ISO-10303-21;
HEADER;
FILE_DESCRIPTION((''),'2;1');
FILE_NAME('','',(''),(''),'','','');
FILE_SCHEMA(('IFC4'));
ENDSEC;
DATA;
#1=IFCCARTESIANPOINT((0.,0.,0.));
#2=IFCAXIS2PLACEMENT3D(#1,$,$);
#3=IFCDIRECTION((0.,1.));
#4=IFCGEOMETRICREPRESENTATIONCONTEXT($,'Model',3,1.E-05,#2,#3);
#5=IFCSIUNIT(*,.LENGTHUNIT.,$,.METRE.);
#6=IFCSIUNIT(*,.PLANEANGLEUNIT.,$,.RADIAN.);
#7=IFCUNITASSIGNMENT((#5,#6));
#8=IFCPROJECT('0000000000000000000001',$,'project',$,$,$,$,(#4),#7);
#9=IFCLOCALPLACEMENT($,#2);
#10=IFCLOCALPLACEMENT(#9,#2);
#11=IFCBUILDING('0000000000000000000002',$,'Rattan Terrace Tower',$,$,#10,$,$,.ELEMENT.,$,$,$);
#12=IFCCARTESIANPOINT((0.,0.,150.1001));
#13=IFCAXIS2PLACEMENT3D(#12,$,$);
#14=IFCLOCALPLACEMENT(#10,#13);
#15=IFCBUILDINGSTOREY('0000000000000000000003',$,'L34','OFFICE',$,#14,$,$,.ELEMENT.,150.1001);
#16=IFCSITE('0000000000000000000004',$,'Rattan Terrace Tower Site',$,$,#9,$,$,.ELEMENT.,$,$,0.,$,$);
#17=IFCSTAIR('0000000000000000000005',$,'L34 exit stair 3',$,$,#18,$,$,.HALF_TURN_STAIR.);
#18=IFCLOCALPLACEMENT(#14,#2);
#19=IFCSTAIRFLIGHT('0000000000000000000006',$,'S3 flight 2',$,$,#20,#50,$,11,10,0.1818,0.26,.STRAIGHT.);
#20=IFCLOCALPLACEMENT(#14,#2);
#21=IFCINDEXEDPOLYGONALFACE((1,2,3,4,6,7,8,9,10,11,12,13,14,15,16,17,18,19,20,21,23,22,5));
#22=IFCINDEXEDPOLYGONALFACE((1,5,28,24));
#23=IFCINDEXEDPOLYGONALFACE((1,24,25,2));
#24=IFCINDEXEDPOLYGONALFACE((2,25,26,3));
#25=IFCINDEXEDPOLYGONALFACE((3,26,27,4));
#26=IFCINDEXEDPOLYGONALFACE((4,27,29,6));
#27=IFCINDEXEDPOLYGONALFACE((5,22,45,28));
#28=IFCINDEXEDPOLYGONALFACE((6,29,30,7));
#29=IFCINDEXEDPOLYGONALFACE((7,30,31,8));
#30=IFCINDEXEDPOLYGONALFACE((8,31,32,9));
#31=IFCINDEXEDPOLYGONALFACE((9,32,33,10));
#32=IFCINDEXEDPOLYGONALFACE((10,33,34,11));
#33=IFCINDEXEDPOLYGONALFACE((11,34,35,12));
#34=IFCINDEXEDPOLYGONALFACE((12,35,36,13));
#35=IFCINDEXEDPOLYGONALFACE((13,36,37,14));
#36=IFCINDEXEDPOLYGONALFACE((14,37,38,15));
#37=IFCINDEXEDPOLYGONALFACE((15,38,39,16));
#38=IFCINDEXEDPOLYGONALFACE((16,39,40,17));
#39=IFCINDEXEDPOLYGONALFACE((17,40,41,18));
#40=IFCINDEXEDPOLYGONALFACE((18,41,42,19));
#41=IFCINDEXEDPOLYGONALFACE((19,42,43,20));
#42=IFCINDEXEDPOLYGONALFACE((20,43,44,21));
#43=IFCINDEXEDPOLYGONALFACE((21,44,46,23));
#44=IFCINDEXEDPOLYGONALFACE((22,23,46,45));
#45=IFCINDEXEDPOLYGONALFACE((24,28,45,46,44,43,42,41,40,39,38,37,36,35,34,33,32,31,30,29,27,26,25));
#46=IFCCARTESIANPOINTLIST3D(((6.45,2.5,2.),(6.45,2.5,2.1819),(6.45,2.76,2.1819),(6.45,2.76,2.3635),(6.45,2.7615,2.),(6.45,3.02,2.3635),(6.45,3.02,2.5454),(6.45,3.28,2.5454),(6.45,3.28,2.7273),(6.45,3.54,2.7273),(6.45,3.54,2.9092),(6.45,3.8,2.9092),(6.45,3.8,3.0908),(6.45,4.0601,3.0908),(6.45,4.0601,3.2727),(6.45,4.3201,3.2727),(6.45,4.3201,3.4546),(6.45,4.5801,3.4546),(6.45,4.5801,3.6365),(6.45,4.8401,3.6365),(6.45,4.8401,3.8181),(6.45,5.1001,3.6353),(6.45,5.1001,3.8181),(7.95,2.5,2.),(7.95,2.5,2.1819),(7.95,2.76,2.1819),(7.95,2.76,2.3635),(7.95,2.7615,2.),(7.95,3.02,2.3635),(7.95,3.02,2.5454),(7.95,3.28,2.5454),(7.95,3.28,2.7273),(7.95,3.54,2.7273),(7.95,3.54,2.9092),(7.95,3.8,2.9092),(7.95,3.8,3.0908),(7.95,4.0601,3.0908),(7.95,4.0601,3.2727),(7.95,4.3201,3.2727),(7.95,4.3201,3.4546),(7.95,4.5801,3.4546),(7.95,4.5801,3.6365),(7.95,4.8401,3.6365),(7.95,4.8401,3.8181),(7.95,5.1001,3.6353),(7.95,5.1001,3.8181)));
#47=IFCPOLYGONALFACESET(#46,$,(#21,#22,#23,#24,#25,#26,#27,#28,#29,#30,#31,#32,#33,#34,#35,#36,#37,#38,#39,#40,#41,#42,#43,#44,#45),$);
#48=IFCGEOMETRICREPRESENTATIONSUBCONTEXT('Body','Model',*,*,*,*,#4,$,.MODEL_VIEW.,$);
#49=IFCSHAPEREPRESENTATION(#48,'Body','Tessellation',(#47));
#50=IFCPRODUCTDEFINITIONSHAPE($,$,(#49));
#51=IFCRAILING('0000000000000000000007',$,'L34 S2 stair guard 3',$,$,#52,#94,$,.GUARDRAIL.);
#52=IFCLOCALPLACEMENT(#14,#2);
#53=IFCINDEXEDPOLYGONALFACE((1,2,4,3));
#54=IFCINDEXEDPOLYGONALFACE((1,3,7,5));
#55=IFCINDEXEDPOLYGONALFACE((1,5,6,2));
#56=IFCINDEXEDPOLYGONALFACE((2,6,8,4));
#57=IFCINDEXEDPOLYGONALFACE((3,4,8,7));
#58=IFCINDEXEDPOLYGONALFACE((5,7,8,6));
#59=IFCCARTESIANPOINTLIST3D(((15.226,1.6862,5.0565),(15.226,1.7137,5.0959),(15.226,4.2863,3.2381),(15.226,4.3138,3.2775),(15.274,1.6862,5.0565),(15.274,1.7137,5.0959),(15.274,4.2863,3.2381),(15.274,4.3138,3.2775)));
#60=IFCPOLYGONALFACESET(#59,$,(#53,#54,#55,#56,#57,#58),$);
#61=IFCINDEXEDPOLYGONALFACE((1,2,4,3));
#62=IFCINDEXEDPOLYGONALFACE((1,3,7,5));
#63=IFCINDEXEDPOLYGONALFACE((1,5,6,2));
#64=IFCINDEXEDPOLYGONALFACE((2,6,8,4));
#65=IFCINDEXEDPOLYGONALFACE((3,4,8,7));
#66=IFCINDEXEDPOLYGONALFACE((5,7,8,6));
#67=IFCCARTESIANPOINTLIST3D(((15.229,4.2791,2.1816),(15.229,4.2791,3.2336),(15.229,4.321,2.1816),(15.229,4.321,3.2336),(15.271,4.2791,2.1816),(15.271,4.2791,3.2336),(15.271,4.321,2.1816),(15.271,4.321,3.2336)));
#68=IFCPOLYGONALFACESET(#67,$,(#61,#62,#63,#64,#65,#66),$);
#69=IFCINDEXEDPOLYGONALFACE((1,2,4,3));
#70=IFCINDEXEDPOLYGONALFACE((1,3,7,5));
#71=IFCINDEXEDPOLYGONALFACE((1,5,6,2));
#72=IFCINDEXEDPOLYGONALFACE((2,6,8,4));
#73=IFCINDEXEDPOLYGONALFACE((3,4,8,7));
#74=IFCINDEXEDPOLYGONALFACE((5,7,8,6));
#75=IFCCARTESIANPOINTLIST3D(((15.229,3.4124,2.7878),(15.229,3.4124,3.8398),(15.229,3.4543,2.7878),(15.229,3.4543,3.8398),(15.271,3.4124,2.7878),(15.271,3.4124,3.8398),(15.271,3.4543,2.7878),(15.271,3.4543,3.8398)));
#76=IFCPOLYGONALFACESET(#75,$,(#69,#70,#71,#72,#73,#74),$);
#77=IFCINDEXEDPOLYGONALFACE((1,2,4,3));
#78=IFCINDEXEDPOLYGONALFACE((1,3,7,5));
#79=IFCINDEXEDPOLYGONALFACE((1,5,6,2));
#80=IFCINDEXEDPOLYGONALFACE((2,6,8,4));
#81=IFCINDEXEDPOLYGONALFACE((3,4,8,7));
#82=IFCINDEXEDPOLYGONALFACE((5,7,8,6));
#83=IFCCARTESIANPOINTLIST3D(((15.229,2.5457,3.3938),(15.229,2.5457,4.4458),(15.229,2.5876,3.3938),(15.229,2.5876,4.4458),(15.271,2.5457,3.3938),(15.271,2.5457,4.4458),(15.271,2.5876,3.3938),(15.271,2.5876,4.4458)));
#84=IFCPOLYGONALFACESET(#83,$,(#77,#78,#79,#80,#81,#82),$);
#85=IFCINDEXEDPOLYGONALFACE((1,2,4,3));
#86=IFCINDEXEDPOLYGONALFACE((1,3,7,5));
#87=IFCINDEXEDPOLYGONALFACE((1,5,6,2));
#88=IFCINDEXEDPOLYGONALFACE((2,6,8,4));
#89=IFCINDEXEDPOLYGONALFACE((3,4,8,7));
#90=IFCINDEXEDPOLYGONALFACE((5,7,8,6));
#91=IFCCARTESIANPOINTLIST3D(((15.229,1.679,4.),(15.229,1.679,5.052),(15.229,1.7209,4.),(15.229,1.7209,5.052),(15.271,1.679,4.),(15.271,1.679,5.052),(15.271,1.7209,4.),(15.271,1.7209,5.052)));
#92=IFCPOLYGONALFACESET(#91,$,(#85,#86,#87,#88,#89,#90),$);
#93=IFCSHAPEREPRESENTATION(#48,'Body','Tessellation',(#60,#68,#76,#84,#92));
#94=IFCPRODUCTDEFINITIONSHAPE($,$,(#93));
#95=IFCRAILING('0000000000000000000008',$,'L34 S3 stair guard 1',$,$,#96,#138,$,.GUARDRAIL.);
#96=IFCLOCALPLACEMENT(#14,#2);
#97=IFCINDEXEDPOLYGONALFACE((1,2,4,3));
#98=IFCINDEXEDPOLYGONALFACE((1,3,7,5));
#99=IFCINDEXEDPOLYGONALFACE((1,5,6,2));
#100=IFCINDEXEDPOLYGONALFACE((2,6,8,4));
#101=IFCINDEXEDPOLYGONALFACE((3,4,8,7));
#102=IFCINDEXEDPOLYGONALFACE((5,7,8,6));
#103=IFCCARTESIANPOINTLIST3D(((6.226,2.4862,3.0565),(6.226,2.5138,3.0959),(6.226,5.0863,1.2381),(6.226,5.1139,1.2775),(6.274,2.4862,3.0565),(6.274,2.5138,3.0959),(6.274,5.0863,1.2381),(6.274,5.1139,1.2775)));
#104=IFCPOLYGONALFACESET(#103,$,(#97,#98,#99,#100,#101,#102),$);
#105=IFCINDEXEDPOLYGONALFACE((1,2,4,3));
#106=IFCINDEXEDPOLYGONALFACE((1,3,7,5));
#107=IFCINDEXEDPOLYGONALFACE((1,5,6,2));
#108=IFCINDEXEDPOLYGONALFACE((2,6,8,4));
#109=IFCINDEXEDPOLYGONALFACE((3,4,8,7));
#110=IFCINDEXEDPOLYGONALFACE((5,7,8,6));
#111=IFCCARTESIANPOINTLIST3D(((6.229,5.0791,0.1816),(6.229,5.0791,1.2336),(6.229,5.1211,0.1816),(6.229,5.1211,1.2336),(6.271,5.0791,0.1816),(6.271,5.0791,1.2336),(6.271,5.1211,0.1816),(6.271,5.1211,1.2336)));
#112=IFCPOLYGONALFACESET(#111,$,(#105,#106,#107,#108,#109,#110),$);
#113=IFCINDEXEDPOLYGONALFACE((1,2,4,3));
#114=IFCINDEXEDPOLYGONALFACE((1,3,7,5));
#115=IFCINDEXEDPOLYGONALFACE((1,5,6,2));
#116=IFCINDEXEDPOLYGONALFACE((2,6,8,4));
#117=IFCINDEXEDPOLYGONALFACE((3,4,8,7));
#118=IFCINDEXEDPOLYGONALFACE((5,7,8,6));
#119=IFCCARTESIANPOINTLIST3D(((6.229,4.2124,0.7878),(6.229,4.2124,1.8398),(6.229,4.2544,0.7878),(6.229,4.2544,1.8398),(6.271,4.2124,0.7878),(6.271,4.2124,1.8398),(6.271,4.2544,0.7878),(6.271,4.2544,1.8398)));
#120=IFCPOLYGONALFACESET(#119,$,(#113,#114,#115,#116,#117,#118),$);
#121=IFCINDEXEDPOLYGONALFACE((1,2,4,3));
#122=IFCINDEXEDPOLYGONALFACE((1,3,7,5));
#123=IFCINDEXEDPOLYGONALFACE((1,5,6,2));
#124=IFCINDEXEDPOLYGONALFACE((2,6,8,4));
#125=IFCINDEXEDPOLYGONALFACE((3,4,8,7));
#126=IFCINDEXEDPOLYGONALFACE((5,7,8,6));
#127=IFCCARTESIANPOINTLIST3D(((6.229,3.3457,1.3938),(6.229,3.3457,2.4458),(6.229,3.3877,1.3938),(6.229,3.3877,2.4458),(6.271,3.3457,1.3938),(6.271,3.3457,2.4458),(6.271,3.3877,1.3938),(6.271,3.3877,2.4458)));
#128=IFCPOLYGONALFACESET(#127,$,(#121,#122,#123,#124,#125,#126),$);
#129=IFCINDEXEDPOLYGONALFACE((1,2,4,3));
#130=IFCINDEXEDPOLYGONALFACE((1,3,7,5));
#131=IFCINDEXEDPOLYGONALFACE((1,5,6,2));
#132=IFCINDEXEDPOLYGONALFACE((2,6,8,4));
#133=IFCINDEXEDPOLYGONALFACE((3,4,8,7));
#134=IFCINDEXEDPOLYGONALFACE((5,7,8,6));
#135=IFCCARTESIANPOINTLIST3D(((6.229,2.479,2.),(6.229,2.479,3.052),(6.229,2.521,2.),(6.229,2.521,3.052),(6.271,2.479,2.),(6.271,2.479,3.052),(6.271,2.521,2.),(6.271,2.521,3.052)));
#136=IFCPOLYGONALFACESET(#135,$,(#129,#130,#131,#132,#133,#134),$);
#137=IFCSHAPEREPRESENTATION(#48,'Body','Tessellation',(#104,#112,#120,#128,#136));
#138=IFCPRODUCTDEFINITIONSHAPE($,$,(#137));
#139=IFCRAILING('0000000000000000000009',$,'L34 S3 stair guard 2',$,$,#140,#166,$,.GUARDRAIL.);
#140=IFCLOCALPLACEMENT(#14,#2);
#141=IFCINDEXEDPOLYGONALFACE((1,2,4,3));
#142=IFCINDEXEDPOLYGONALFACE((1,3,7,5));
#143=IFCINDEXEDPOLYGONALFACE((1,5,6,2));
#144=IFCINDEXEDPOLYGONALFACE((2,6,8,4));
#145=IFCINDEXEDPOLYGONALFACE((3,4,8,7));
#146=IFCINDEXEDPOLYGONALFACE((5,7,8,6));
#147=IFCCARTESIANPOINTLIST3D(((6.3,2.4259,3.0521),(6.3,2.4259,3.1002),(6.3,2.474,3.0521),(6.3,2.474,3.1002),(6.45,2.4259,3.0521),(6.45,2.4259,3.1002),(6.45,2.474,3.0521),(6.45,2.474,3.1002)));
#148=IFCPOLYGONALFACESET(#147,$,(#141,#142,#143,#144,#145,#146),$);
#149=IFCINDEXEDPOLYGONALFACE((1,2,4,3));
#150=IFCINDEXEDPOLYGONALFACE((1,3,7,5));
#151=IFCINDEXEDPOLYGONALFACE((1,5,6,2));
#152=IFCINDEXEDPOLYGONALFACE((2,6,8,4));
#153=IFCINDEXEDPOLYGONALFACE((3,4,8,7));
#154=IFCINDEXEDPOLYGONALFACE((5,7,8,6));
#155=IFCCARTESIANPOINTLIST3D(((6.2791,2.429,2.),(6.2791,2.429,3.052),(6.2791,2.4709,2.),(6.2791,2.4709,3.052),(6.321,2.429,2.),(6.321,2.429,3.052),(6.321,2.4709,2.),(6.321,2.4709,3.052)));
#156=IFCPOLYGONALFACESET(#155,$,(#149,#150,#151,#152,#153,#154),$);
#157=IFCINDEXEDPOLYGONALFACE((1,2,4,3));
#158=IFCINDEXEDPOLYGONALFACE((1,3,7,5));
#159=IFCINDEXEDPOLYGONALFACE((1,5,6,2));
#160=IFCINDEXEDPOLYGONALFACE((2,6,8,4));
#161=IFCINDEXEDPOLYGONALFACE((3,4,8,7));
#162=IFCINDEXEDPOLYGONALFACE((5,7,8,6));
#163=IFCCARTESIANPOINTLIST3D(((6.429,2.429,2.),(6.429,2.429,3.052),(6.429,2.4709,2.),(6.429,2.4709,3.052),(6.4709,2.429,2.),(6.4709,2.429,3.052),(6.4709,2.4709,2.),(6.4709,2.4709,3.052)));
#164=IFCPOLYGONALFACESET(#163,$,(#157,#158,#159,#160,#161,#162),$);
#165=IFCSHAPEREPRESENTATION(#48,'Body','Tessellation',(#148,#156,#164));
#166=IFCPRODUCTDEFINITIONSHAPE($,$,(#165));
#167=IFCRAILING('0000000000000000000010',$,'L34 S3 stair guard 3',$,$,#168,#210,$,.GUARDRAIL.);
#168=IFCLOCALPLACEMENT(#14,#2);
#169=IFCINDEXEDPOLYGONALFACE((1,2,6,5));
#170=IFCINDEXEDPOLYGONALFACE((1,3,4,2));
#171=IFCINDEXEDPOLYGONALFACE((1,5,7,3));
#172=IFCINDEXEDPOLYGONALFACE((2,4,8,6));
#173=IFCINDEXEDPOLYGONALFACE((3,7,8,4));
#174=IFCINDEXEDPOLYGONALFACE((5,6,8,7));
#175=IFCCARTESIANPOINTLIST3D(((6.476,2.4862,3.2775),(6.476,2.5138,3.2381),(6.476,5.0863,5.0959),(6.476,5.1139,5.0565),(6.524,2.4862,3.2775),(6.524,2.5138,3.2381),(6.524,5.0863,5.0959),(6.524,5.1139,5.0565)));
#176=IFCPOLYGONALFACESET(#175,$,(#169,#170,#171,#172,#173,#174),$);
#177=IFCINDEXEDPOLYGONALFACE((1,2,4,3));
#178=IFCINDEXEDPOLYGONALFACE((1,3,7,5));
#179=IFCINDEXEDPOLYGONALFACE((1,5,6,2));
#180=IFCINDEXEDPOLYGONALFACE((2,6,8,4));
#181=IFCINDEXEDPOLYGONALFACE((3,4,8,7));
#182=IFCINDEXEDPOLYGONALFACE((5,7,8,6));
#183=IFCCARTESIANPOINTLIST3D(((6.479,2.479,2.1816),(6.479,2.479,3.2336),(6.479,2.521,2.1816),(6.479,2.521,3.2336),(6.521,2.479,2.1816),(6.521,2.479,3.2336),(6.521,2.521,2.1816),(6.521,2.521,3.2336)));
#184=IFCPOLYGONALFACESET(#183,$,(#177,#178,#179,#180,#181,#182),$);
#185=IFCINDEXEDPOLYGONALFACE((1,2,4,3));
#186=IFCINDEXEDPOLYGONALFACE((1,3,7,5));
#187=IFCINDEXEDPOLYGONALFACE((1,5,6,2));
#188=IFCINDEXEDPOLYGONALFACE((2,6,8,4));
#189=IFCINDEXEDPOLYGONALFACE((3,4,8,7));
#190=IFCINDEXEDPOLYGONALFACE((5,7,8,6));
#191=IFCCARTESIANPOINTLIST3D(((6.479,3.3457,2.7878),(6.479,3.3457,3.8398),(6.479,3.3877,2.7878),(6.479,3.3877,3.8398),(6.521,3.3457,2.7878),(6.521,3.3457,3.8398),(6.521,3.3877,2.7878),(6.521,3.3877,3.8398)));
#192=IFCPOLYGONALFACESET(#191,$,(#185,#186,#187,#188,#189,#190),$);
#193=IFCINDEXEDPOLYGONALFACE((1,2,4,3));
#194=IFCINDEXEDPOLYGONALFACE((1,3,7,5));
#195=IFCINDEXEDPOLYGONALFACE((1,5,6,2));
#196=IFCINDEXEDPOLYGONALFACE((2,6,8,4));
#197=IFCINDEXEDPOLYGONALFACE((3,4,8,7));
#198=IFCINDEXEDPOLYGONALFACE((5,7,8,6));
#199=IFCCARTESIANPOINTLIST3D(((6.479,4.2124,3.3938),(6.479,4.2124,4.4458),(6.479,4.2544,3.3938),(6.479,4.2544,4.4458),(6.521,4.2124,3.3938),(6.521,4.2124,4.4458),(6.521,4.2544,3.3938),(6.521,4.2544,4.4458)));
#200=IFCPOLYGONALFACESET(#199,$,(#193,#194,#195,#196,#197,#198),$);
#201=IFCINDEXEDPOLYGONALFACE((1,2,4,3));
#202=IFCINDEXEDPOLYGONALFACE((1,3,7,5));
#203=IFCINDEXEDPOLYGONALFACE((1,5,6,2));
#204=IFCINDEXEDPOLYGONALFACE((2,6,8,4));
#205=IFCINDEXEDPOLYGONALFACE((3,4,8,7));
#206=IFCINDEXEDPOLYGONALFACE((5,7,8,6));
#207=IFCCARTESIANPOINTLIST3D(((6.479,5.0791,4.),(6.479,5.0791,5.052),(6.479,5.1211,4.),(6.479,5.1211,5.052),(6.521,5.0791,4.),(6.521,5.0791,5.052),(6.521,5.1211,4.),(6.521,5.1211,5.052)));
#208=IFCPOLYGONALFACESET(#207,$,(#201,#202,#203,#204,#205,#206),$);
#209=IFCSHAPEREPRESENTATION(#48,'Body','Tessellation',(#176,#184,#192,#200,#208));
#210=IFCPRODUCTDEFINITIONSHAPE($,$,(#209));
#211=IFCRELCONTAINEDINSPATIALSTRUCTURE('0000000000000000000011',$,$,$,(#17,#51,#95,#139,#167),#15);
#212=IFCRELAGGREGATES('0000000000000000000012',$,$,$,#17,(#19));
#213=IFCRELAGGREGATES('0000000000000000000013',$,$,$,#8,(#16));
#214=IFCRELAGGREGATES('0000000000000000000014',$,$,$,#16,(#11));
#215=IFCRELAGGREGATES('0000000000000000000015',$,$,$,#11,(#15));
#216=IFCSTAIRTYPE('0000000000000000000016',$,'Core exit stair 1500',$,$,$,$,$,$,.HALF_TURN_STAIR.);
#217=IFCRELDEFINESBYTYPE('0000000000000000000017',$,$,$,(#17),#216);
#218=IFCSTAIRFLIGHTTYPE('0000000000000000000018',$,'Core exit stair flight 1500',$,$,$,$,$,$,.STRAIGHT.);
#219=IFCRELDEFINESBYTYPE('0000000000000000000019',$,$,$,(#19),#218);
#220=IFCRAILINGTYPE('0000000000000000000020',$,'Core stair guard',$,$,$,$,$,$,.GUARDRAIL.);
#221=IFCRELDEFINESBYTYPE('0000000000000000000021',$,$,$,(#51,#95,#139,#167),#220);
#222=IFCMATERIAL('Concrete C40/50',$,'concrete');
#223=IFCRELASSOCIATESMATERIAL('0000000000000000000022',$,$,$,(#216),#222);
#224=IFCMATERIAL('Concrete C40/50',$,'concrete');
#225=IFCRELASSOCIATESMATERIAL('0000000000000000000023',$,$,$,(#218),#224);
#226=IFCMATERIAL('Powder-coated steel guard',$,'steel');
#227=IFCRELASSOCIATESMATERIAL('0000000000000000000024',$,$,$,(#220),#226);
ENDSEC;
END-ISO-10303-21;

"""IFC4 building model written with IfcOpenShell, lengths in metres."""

from ifc_helpers import new_model, si_unit, direction, frame, origin, origin_2d, place, context, subcontext, project, spatial, polyline, rectangle, outline, extrude, material, type_object, element, aggregate, save


model = new_model("IFC4")

# Units and contexts
model_context = context("Model", 3, precision=1e-05, world=origin(), true_north=direction((0.0, 1.0)))
body_context = subcontext(model_context, "Body", "Model", "MODEL_VIEW")
ifc_project = project(units=[si_unit("LENGTHUNIT", "METRE"), si_unit("PLANEANGLEUNIT", "RADIAN")], contexts=[model_context])

# Site, building, storey
site_placement = place(None, origin())
site = spatial("IfcSite", under=ifc_project, at=site_placement, Name="Rattan Terrace Tower Site", CompositionType="ELEMENT", RefElevation=0.0)
building_placement = place(site_placement, origin())
building = spatial("IfcBuilding", under=site, at=building_placement, Name="Rattan Terrace Tower", CompositionType="ELEMENT")
storey_placement = place(building_placement, frame((0.0, 0.0, 150.1001)))
storey = spatial("IfcBuildingStorey", under=building, at=storey_placement, Name="L34", Description="OFFICE", CompositionType="ELEMENT", Elevation=150.1001)

# Shared definitions
ifc_material_1 = material(Name="Concrete C40/50", Category="concrete")
stair_type = type_object("IfcStairType", Name="Core exit stair 1500", PredefinedType="HALF_TURN_STAIR", material=ifc_material_1)
ifc_material_2 = material(Name="Concrete C40/50", Category="concrete")
stair_flight_type = type_object("IfcStairFlightType", Name="Core exit stair flight 1500", PredefinedType="STRAIGHT", material=ifc_material_2)

# Stair, stair flight
stair_1_placement = place(storey_placement, origin())
stair_1 = element("IfcStair", 1, at=stair_1_placement, inside=storey, type_object=stair_type, Name="L34 exit stair 3", PredefinedType="HALF_TURN_STAIR")
stair_flight_1_placement = place(storey_placement, frame((7.2, 2.5, 2.0), z_axis=(0.0, 0.0, 1.0), x_axis=(0.0, 1.0, 0.0)))
stair_flight_1 = element("IfcStairFlight", 2, at=stair_flight_1_placement, type_object=stair_flight_type, Name="S3 flight 2", NumberOfRisers=11, NumberOfTreads=10, PredefinedType="STRAIGHT", RiserHeight=0.1818, TreadLength=0.26, context=body_context, shape_type="SweptSolid", body=[
    extrude(outline(polyline([(0.0, 0.0), (0.0, 0.1819), (0.26, 0.1819), (0.26, 0.3635), (0.52, 0.3635), (0.52, 0.5454), (0.78, 0.5454), (0.78, 0.7273), (1.04, 0.7273), (1.04, 0.9092), (1.3, 0.9092), (1.3, 1.0908), (1.5601, 1.0908), (1.5601, 1.2727), (1.8201, 1.2727), (1.8201, 1.4546), (2.0801, 1.4546), (2.0801, 1.6365), (2.3401, 1.6365), (2.3401, 1.8181), (2.6001, 1.8181), (2.6001, 2.0), (2.6001, 1.6353), (0.2615, 0.0), (0.0, 0.0)])), frame((0.0, 0.75, 0.0), z_axis=(0.0, -1.0, 0.0), x_axis=(1.0, 0.0, 0.0)), (0.0, 0.0, 1.0), 1.5),
])
aggregate(stair_1, [stair_flight_1])

# Railings
ifc_material_3 = material(Name="Powder-coated steel guard", Category="steel")
railing_type_1 = type_object("IfcRailingType", Name="Core stair guard", PredefinedType="GUARDRAIL", material=ifc_material_3)
for number, where, name in (
    (3, (15.25, 4.3, 2.1816), "L34 S2 stair guard 3"),
    (4, (6.25, 5.1001, 0.1816), "L34 S3 stair guard 1"),
):
    element("IfcRailing", number, at=place(storey_placement, frame(where)), inside=storey, type_object=railing_type_1, Name=name, PredefinedType="GUARDRAIL", context=body_context, shape_type="SweptSolid", body=[
        extrude(rectangle(XDim=0.0481, YDim=0.0481, at=origin_2d()), frame((0.0, 0.0, 1.0762), z_axis=(0.0, -0.819485, 0.573101), x_axis=(1.0, 0.0, 0.0)), (0.0, 0.0, 1.0), 3.1729),
        extrude(rectangle(XDim=0.042, YDim=0.042, at=origin_2d()), origin(), (0.0, 0.0, 1.0), 1.052),
        extrude(rectangle(XDim=0.042, YDim=0.042, at=origin_2d()), frame((0.0, -0.8667, 0.6062)), (0.0, 0.0, 1.0), 1.052),
        extrude(rectangle(XDim=0.042, YDim=0.042, at=origin_2d()), frame((0.0, -1.7334, 1.2122)), (0.0, 0.0, 1.0), 1.052),
        extrude(rectangle(XDim=0.042, YDim=0.042, at=origin_2d()), frame((0.0, -2.6001, 1.8184)), (0.0, 0.0, 1.0), 1.052),
    ])
railing_1_placement = place(storey_placement, frame((6.3, 2.45, 2.0)))
element("IfcRailing", 5, at=railing_1_placement, inside=storey, type_object=railing_type_1, Name="L34 S3 stair guard 2", PredefinedType="GUARDRAIL", context=body_context, shape_type="SweptSolid", body=[
    extrude(rectangle(XDim=0.0481, YDim=0.0481, at=origin_2d()), frame((0.0, 0.0, 1.0762), z_axis=(1.0, 0.0, 0.0), x_axis=(0.0, 1.0, 0.0)), (0.0, 0.0, 1.0), 0.1499),
    extrude(rectangle(XDim=0.042, YDim=0.042, at=origin_2d()), origin(), (0.0, 0.0, 1.0), 1.052),
    extrude(rectangle(XDim=0.042, YDim=0.042, at=origin_2d()), frame((0.1499, 0.0, 0.0)), (0.0, 0.0, 1.0), 1.052),
])
railing_2_placement = place(storey_placement, frame((6.5, 2.5, 2.1816)))
element("IfcRailing", 6, at=railing_2_placement, inside=storey, type_object=railing_type_1, Name="L34 S3 stair guard 3", PredefinedType="GUARDRAIL", context=body_context, shape_type="SweptSolid", body=[
    extrude(rectangle(XDim=0.0481, YDim=0.0481, at=origin_2d()), frame((0.0, 0.0, 1.0762), z_axis=(0.0, 0.819485, 0.573101), x_axis=(-1.0, 0.0, 0.0)), (0.0, 0.0, 1.0), 3.1729),
    extrude(rectangle(XDim=0.042, YDim=0.042, at=origin_2d()), origin(), (0.0, 0.0, 1.0), 1.052),
    extrude(rectangle(XDim=0.042, YDim=0.042, at=origin_2d()), frame((0.0, 0.8667, 0.6062)), (0.0, 0.0, 1.0), 1.052),
    extrude(rectangle(XDim=0.042, YDim=0.042, at=origin_2d()), frame((0.0, 1.7334, 1.2122)), (0.0, 0.0, 1.0), 1.052),
    extrude(rectangle(XDim=0.042, YDim=0.042, at=origin_2d()), frame((0.0, 2.6001, 1.8184)), (0.0, 0.0, 1.0), 1.052),
])

save(model, "model.ifc")
